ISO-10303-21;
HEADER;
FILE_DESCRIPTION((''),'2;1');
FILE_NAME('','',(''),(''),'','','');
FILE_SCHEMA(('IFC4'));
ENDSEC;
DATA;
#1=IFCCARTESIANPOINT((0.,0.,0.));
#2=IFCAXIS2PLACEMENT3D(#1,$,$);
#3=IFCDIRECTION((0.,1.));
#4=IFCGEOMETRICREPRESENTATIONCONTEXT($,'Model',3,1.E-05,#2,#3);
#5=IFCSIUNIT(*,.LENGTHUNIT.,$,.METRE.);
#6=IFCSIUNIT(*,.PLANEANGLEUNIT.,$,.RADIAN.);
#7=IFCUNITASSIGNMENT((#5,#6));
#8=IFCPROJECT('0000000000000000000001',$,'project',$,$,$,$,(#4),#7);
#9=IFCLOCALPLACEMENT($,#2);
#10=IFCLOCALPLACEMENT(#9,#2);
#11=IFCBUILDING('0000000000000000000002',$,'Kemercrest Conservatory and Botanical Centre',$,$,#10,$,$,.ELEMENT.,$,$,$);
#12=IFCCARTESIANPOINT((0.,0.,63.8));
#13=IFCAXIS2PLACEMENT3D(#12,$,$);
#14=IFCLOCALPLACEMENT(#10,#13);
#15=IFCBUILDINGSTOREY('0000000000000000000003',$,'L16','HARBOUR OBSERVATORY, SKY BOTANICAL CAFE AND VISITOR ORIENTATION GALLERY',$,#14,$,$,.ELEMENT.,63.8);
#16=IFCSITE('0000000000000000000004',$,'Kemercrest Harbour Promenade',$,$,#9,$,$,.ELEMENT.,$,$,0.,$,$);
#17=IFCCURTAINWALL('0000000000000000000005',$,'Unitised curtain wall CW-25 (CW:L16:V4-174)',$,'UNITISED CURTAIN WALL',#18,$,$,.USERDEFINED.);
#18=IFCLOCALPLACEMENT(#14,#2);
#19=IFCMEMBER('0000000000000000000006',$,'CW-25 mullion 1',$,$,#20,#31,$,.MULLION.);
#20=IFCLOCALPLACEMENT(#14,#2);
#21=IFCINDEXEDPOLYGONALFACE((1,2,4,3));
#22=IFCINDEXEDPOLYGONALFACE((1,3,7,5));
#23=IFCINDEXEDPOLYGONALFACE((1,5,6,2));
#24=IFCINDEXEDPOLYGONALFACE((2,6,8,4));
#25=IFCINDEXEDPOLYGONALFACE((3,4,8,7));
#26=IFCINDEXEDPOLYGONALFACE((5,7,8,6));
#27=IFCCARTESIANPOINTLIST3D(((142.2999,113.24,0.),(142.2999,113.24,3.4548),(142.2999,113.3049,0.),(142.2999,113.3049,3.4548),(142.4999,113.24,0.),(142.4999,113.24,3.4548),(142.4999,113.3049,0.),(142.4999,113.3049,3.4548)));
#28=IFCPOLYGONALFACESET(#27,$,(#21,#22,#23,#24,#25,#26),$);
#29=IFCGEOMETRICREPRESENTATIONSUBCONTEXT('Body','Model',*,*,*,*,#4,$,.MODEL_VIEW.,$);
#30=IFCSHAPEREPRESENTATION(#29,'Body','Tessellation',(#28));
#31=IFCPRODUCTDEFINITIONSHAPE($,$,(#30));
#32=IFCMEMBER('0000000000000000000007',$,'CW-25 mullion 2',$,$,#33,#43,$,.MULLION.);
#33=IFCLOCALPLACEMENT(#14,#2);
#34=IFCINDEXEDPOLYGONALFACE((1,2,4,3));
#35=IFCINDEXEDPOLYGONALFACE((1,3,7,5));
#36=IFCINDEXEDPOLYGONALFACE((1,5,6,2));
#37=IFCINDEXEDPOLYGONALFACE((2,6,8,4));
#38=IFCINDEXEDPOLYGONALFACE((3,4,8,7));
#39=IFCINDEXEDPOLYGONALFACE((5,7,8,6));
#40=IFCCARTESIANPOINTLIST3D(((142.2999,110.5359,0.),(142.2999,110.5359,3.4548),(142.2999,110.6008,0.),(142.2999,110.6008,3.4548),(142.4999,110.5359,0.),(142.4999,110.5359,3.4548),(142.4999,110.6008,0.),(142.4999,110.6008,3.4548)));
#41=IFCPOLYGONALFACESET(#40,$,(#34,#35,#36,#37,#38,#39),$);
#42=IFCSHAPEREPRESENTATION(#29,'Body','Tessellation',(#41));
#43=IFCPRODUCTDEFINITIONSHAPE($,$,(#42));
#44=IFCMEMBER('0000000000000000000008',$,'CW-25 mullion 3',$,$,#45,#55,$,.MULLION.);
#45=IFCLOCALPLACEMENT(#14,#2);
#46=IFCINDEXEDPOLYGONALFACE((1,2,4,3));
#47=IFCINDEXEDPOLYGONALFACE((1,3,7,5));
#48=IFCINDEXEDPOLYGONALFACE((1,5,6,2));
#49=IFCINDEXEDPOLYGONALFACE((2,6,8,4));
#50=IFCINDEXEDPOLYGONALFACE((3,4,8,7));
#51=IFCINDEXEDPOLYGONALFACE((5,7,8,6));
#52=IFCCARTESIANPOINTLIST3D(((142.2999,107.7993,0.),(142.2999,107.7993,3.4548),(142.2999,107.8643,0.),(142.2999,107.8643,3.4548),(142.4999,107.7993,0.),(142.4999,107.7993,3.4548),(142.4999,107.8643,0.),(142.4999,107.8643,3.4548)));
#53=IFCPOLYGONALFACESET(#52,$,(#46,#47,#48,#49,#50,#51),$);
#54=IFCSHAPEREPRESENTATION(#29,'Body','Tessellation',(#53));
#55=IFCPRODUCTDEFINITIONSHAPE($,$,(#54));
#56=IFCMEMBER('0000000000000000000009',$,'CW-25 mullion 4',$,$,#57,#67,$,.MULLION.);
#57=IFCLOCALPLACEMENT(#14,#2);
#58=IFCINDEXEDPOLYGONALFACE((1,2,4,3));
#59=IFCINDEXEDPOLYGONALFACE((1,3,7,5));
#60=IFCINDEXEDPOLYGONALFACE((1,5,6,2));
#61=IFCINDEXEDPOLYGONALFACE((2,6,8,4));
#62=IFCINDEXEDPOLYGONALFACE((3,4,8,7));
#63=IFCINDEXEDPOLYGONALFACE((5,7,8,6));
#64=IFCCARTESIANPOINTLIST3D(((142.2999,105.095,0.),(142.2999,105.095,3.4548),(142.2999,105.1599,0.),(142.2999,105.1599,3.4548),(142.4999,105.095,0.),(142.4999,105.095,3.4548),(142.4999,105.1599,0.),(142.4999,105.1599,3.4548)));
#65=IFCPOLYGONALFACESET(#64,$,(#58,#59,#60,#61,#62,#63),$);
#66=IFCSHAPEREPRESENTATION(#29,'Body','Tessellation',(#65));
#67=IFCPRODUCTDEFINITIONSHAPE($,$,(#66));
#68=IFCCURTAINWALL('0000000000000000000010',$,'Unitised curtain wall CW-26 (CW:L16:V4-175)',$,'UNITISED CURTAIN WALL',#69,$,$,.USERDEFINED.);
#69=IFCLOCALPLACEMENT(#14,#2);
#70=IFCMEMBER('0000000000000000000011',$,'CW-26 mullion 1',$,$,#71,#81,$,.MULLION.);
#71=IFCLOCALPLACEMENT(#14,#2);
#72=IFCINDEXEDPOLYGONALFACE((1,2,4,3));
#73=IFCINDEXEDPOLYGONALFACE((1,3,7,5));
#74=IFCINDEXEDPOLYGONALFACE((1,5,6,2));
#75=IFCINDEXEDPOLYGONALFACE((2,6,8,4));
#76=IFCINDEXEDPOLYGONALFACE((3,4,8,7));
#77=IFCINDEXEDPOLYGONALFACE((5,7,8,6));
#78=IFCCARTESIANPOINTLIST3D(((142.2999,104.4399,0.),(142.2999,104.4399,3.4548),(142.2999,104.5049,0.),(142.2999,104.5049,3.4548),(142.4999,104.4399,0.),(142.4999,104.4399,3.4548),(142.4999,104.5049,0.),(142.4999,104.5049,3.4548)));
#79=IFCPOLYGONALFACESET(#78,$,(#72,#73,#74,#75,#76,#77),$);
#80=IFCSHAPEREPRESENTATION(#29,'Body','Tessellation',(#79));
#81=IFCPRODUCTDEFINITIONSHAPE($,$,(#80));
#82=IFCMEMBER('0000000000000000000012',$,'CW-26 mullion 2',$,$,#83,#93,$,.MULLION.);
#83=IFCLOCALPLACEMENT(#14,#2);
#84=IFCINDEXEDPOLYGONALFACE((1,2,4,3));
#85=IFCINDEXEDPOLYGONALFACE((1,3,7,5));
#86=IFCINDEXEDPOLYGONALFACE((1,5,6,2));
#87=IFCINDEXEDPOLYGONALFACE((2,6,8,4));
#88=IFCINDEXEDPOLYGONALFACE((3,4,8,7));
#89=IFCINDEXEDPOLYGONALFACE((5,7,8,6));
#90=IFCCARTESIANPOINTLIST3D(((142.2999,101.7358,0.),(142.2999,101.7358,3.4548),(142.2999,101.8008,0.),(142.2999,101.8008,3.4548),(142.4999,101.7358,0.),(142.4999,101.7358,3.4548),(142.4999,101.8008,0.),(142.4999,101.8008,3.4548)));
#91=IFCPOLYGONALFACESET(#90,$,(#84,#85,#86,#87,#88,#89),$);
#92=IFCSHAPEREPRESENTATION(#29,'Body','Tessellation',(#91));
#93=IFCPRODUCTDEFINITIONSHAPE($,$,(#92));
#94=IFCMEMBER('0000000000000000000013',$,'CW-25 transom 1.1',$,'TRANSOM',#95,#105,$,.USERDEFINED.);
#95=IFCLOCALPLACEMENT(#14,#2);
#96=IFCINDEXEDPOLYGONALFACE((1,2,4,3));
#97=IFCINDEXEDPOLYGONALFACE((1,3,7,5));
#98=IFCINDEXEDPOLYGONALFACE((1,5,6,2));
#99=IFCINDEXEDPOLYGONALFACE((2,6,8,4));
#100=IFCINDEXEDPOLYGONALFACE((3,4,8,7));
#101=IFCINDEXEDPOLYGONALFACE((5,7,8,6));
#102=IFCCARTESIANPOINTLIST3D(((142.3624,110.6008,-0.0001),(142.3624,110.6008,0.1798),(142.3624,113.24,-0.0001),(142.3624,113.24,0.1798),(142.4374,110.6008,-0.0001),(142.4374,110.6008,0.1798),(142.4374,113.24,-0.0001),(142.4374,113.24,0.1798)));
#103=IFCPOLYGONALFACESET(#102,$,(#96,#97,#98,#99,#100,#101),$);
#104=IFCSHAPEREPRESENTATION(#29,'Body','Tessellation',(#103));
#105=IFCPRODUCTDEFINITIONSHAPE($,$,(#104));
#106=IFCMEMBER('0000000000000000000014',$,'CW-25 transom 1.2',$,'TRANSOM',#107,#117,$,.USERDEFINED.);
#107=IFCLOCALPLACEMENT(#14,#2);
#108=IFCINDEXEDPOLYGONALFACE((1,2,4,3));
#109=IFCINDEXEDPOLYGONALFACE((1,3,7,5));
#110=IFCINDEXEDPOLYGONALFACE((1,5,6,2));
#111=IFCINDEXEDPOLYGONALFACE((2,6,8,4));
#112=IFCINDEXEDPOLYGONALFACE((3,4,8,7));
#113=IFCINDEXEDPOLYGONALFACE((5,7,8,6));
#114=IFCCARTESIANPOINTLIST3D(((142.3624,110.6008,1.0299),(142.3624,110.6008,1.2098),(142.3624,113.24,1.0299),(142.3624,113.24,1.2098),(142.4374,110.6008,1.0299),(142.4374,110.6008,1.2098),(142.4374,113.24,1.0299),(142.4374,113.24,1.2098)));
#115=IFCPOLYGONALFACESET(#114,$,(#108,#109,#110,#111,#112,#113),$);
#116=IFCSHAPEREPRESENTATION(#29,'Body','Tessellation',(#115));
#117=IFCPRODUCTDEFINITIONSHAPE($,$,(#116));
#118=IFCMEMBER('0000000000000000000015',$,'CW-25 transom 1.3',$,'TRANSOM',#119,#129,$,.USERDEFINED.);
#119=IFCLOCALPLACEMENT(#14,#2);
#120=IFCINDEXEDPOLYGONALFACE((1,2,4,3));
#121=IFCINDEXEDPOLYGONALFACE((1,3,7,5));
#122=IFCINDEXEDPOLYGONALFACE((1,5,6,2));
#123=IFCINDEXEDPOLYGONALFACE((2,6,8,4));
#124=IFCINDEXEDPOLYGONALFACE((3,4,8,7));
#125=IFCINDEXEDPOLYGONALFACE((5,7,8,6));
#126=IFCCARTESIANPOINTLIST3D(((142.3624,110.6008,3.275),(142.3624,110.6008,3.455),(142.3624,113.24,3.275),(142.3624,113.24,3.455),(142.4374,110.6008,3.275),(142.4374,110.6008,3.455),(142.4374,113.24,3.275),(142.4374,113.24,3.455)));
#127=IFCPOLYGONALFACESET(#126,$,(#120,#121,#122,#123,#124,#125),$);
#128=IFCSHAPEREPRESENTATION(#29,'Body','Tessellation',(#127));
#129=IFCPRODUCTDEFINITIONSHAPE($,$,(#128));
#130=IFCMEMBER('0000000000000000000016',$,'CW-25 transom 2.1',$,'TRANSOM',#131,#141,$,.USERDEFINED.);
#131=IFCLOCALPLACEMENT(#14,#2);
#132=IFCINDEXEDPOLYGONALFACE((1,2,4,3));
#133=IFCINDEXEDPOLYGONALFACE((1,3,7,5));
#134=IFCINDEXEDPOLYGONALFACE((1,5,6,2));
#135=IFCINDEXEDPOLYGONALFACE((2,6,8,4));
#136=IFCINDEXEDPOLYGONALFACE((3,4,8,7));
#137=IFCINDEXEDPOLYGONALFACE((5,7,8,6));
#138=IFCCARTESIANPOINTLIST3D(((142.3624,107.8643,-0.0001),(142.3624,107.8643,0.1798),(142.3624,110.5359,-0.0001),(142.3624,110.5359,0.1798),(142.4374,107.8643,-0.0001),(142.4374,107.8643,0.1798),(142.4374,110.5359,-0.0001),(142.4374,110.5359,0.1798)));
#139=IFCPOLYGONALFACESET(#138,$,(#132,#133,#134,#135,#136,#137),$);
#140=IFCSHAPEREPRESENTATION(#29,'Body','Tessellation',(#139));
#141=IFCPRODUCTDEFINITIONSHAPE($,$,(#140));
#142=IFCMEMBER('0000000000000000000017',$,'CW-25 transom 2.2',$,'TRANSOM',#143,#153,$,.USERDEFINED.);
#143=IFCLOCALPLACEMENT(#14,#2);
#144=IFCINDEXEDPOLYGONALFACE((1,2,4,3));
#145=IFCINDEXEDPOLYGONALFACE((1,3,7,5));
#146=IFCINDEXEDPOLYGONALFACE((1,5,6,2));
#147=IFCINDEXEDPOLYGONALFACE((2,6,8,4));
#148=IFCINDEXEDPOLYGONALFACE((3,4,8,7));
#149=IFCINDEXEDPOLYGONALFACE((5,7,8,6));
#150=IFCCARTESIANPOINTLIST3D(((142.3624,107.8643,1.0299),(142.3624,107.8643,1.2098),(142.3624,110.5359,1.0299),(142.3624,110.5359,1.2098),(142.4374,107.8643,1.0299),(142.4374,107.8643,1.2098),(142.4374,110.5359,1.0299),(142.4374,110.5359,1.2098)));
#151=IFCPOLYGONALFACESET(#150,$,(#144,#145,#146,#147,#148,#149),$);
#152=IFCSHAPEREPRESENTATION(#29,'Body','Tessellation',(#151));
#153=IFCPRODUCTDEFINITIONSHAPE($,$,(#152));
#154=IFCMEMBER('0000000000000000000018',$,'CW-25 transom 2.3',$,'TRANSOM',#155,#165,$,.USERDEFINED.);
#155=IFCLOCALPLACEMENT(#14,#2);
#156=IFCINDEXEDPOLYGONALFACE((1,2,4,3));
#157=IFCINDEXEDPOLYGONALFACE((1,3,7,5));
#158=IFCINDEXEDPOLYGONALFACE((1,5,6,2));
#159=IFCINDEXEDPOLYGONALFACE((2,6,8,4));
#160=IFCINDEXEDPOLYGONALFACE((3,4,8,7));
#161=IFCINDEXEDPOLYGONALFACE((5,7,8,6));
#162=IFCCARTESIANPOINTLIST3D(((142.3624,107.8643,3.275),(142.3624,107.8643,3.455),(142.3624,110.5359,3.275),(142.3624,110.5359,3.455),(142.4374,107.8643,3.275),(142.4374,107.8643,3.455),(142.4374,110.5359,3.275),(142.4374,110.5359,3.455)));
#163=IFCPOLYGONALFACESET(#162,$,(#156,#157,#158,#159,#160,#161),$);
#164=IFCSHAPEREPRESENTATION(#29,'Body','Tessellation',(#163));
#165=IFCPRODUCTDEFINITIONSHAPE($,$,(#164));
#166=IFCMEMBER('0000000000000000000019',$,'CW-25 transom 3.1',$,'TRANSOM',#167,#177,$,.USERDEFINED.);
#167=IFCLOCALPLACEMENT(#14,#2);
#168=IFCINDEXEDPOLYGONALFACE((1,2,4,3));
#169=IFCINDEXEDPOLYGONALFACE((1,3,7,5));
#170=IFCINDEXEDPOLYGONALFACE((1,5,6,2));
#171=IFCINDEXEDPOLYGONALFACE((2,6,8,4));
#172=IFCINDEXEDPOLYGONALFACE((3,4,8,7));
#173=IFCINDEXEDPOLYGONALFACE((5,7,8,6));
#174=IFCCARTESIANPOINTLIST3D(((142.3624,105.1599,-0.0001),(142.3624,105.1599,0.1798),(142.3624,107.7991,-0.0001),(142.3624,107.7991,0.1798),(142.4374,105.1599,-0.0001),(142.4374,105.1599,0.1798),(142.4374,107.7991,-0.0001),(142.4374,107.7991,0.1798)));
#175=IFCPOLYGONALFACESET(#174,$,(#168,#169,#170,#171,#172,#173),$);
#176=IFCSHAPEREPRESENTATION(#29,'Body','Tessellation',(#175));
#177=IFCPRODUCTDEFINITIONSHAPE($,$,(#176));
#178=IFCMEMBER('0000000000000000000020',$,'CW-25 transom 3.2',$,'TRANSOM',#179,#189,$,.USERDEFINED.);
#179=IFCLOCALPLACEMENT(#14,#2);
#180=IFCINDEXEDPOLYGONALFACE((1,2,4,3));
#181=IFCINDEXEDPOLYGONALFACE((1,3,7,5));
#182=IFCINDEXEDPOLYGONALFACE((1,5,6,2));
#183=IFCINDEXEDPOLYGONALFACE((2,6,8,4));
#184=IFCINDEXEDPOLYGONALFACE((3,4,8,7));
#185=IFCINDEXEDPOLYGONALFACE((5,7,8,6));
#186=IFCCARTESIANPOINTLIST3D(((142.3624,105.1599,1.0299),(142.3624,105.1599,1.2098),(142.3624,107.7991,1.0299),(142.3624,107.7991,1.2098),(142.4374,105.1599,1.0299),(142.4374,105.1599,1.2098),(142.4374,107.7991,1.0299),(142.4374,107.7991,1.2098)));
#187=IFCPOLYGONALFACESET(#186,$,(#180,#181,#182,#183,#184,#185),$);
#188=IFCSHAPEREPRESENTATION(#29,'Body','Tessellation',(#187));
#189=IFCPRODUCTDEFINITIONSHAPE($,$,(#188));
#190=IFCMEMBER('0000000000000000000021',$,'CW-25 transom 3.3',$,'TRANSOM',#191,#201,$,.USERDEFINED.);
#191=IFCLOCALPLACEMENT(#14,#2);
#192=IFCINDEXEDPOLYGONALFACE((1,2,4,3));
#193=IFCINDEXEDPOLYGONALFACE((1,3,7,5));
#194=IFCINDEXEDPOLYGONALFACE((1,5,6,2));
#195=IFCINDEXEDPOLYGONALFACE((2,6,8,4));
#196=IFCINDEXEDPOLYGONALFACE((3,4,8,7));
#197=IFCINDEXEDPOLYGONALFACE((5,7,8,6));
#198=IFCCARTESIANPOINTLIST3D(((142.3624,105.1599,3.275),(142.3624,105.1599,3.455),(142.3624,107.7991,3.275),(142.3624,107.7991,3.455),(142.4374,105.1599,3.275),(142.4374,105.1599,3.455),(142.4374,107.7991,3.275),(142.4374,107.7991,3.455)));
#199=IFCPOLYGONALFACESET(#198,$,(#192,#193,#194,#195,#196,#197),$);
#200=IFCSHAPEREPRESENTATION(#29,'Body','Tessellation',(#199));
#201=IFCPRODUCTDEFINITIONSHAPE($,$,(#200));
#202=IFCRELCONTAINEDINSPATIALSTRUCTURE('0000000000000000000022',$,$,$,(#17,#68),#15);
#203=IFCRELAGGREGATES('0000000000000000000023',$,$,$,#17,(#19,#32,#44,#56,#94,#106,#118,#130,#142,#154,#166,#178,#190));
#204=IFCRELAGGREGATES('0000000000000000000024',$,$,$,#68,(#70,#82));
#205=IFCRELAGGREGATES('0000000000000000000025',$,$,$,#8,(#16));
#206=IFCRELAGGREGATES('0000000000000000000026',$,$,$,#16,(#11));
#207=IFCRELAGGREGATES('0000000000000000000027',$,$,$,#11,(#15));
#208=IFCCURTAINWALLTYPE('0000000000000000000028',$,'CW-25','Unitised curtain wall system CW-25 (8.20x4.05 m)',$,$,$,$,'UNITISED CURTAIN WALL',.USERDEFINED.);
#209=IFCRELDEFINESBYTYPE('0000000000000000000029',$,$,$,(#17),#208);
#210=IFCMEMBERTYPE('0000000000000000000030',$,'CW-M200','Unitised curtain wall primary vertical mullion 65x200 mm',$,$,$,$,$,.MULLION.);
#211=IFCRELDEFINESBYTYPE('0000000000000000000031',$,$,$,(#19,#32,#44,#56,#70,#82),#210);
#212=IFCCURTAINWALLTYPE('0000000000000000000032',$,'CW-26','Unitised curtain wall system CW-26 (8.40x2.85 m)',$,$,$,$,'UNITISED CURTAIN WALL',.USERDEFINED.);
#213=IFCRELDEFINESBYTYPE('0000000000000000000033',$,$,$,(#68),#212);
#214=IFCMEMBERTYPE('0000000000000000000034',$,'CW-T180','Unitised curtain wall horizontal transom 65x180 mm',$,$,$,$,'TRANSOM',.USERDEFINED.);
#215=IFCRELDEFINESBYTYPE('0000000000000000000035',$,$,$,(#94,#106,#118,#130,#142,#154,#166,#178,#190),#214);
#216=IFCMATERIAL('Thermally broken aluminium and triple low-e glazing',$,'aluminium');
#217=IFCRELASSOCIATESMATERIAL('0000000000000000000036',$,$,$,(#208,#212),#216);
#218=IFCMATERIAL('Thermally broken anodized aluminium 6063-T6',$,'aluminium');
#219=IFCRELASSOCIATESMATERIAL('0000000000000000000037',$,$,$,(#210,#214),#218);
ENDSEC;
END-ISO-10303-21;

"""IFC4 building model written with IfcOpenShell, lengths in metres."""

from ifc_helpers import new_model, si_unit, direction, frame, origin, origin_2d, place, context, subcontext, project, spatial, rectangle, extrude, material, material_profile, profile_set, type_object, element, aggregate, save


model = new_model("IFC4")

# Units and contexts
model_context = context("Model", 3, precision=1e-05, world=origin(), true_north=direction((0.0, 1.0)))
body_context = subcontext(model_context, "Body", "Model", "MODEL_VIEW")
ifc_project = project(units=[si_unit("LENGTHUNIT", "METRE"), si_unit("PLANEANGLEUNIT", "RADIAN")], contexts=[model_context])

# Site, building, storey
site_placement = place(None, origin())
site = spatial("IfcSite", under=ifc_project, at=site_placement, Name="Kemercrest Harbour Promenade", CompositionType="ELEMENT", RefElevation=0.0)
building_placement = place(site_placement, origin())
building = spatial("IfcBuilding", under=site, at=building_placement, Name="Kemercrest Conservatory and Botanical Centre", CompositionType="ELEMENT")
storey_placement = place(building_placement, frame((0.0, 0.0, 63.8)))
storey = spatial("IfcBuildingStorey", under=building, at=storey_placement, Name="L16", Description="HARBOUR OBSERVATORY, SKY BOTANICAL CAFE AND VISITOR ORIENTATION GALLERY", CompositionType="ELEMENT", Elevation=63.8)

# Curtain walls, members
ifc_material_1 = material(Name="Thermally broken aluminium and triple low-e glazing", Category="aluminium")
curtain_wall_type_1 = type_object("IfcCurtainWallType", Name="CW-25", Description="Unitised curtain wall system CW-25 (8.20x4.05 m)", ElementType="UNITISED CURTAIN WALL", PredefinedType="USERDEFINED", material=ifc_material_1)
curtain_wall_1_placement = place(storey_placement, origin())
curtain_wall_1 = element("IfcCurtainWall", 1, at=curtain_wall_1_placement, inside=storey, type_object=curtain_wall_type_1, Name="Unitised curtain wall CW-25 (CW:L16:V4-174)", ObjectType="UNITISED CURTAIN WALL", PredefinedType="USERDEFINED")
ifc_material_2 = material(Name="Thermally broken anodized aluminium 6063-T6", Category="aluminium")
ifc_material_profile_1 = material_profile(ifc_material_2, rectangle(XDim=0.2, YDim=0.0649, at=origin_2d()), Name="AL MULLION 65x200")
ifc_profile_set_1 = profile_set([ifc_material_profile_1], Name="Thermally broken anodized aluminium 6063-T6")
member_type_1 = type_object("IfcMemberType", Name="CW-M200", Description="Unitised curtain wall primary vertical mullion 65x200 mm", PredefinedType="MULLION", material=ifc_profile_set_1)
member_1_placement = place(storey_placement, frame((142.3999, 113.2725, 0.0), z_axis=(0.0, 0.0, 1.0), x_axis=(1.0, 0.0, 0.0)))
member_1 = element("IfcMember", 2, at=member_1_placement, type_object=member_type_1, Name="CW-25 mullion 1", PredefinedType="MULLION", context=body_context, shape_type="SweptSolid", body=[
    extrude(rectangle(XDim=0.2, YDim=0.0649, at=origin_2d()), origin(), (0.0, 0.0, 1.0), 3.4548),
])
member_2_placement = place(storey_placement, frame((142.3999, 110.5684, 0.0), z_axis=(0.0, 0.0, 1.0), x_axis=(1.0, 0.0, 0.0)))
member_2 = element("IfcMember", 3, at=member_2_placement, type_object=member_type_1, Name="CW-25 mullion 2", PredefinedType="MULLION", context=body_context, shape_type="SweptSolid", body=[
    extrude(rectangle(XDim=0.2, YDim=0.0649, at=origin_2d()), origin(), (0.0, 0.0, 1.0), 3.4548),
])
member_3_placement = place(storey_placement, frame((142.3999, 107.8318, 0.0), z_axis=(0.0, 0.0, 1.0), x_axis=(1.0, 0.0, 0.0)))
member_3 = element("IfcMember", 4, at=member_3_placement, type_object=member_type_1, Name="CW-25 mullion 3", PredefinedType="MULLION", context=body_context, shape_type="SweptSolid", body=[
    extrude(rectangle(XDim=0.2, YDim=0.0649, at=origin_2d()), origin(), (0.0, 0.0, 1.0), 3.4548),
])
member_4_placement = place(storey_placement, frame((142.3999, 105.1274, 0.0), z_axis=(0.0, 0.0, 1.0), x_axis=(1.0, 0.0, 0.0)))
member_4 = element("IfcMember", 5, at=member_4_placement, type_object=member_type_1, Name="CW-25 mullion 4", PredefinedType="MULLION", context=body_context, shape_type="SweptSolid", body=[
    extrude(rectangle(XDim=0.2, YDim=0.0649, at=origin_2d()), origin(), (0.0, 0.0, 1.0), 3.4548),
])
curtain_wall_type_2 = type_object("IfcCurtainWallType", Name="CW-26", Description="Unitised curtain wall system CW-26 (8.40x2.85 m)", ElementType="UNITISED CURTAIN WALL", PredefinedType="USERDEFINED", material=ifc_material_1)
curtain_wall_2_placement = place(storey_placement, origin())
curtain_wall_2 = element("IfcCurtainWall", 6, at=curtain_wall_2_placement, inside=storey, type_object=curtain_wall_type_2, Name="Unitised curtain wall CW-26 (CW:L16:V4-175)", ObjectType="UNITISED CURTAIN WALL", PredefinedType="USERDEFINED")
member_5_placement = place(storey_placement, frame((142.3999, 104.4724, 0.0), z_axis=(0.0, 0.0, 1.0), x_axis=(1.0, 0.0, 0.0)))
member_5 = element("IfcMember", 7, at=member_5_placement, type_object=member_type_1, Name="CW-26 mullion 1", PredefinedType="MULLION", context=body_context, shape_type="SweptSolid", body=[
    extrude(rectangle(XDim=0.2, YDim=0.0649, at=origin_2d()), origin(), (0.0, 0.0, 1.0), 3.4548),
])
member_6_placement = place(storey_placement, frame((142.3999, 101.7683, 0.0), z_axis=(0.0, 0.0, 1.0), x_axis=(1.0, 0.0, 0.0)))
member_6 = element("IfcMember", 8, at=member_6_placement, type_object=member_type_1, Name="CW-26 mullion 2", PredefinedType="MULLION", context=body_context, shape_type="SweptSolid", body=[
    extrude(rectangle(XDim=0.2, YDim=0.0649, at=origin_2d()), origin(), (0.0, 0.0, 1.0), 3.4548),
])

# Members
ifc_material_profile_2 = material_profile(ifc_material_2, rectangle(XDim=0.075, YDim=0.1799, at=origin_2d()), Name="AL TRANSOM 75x180")
ifc_profile_set_2 = profile_set([ifc_material_profile_2], Name="Thermally broken anodized aluminium 6063-T6")
member_type_2 = type_object("IfcMemberType", Name="CW-T180", Description="Unitised curtain wall horizontal transom 65x180 mm", ElementType="TRANSOM", PredefinedType="USERDEFINED", material=ifc_profile_set_2)
member_7_placement = place(storey_placement, frame((142.3999, 113.24, 0.0898), z_axis=(0.0, -1.0, 0.0), x_axis=(1.0, 0.0, 0.0)))
member_7 = element("IfcMember", 9, at=member_7_placement, type_object=member_type_2, Name="CW-25 transom 1.1", ObjectType="TRANSOM", PredefinedType="USERDEFINED", context=body_context, shape_type="SweptSolid", body=[
    extrude(rectangle(XDim=0.075, YDim=0.1799, at=origin_2d()), origin(), (0.0, 0.0, 1.0), 2.6392),
])
member_8_placement = place(storey_placement, frame((142.3999, 113.24, 1.1199), z_axis=(0.0, -1.0, 0.0), x_axis=(1.0, 0.0, 0.0)))
member_8 = element("IfcMember", 10, at=member_8_placement, type_object=member_type_2, Name="CW-25 transom 1.2", ObjectType="TRANSOM", PredefinedType="USERDEFINED", context=body_context, shape_type="SweptSolid", body=[
    extrude(rectangle(XDim=0.075, YDim=0.1799, at=origin_2d()), origin(), (0.0, 0.0, 1.0), 2.6392),
])
member_9_placement = place(storey_placement, frame((142.3999, 113.24, 3.365), z_axis=(0.0, -1.0, 0.0), x_axis=(1.0, 0.0, 0.0)))
member_9 = element("IfcMember", 11, at=member_9_placement, type_object=member_type_2, Name="CW-25 transom 1.3", ObjectType="TRANSOM", PredefinedType="USERDEFINED", context=body_context, shape_type="SweptSolid", body=[
    extrude(rectangle(XDim=0.075, YDim=0.1799, at=origin_2d()), origin(), (0.0, 0.0, 1.0), 2.6392),
])
member_10_placement = place(storey_placement, frame((142.3999, 110.5359, 0.0898), z_axis=(0.0, -1.0, 0.0), x_axis=(1.0, 0.0, 0.0)))
member_10 = element("IfcMember", 12, at=member_10_placement, type_object=member_type_2, Name="CW-25 transom 2.1", ObjectType="TRANSOM", PredefinedType="USERDEFINED", context=body_context, shape_type="SweptSolid", body=[
    extrude(rectangle(XDim=0.075, YDim=0.1799, at=origin_2d()), origin(), (0.0, 0.0, 1.0), 2.6716),
])
member_11_placement = place(storey_placement, frame((142.3999, 110.5359, 1.1199), z_axis=(0.0, -1.0, 0.0), x_axis=(1.0, 0.0, 0.0)))
member_11 = element("IfcMember", 13, at=member_11_placement, type_object=member_type_2, Name="CW-25 transom 2.2", ObjectType="TRANSOM", PredefinedType="USERDEFINED", context=body_context, shape_type="SweptSolid", body=[
    extrude(rectangle(XDim=0.075, YDim=0.1799, at=origin_2d()), origin(), (0.0, 0.0, 1.0), 2.6716),
])
member_12_placement = place(storey_placement, frame((142.3999, 110.5359, 3.365), z_axis=(0.0, -1.0, 0.0), x_axis=(1.0, 0.0, 0.0)))
member_12 = element("IfcMember", 14, at=member_12_placement, type_object=member_type_2, Name="CW-25 transom 2.3", ObjectType="TRANSOM", PredefinedType="USERDEFINED", context=body_context, shape_type="SweptSolid", body=[
    extrude(rectangle(XDim=0.075, YDim=0.1799, at=origin_2d()), origin(), (0.0, 0.0, 1.0), 2.6716),
])
member_13_placement = place(storey_placement, frame((142.3999, 107.7991, 0.0898), z_axis=(0.0, -1.0, 0.0), x_axis=(1.0, 0.0, 0.0)))
member_13 = element("IfcMember", 15, at=member_13_placement, type_object=member_type_2, Name="CW-25 transom 3.1", ObjectType="TRANSOM", PredefinedType="USERDEFINED", context=body_context, shape_type="SweptSolid", body=[
    extrude(rectangle(XDim=0.075, YDim=0.1799, at=origin_2d()), origin(), (0.0, 0.0, 1.0), 2.6392),
])
member_14_placement = place(storey_placement, frame((142.3999, 107.7991, 1.1199), z_axis=(0.0, -1.0, 0.0), x_axis=(1.0, 0.0, 0.0)))
member_14 = element("IfcMember", 16, at=member_14_placement, type_object=member_type_2, Name="CW-25 transom 3.2", ObjectType="TRANSOM", PredefinedType="USERDEFINED", context=body_context, shape_type="SweptSolid", body=[
    extrude(rectangle(XDim=0.075, YDim=0.1799, at=origin_2d()), origin(), (0.0, 0.0, 1.0), 2.6392),
])
member_15_placement = place(storey_placement, frame((142.3999, 107.7991, 3.365), z_axis=(0.0, -1.0, 0.0), x_axis=(1.0, 0.0, 0.0)))
member_15 = element("IfcMember", 17, at=member_15_placement, type_object=member_type_2, Name="CW-25 transom 3.3", ObjectType="TRANSOM", PredefinedType="USERDEFINED", context=body_context, shape_type="SweptSolid", body=[
    extrude(rectangle(XDim=0.075, YDim=0.1799, at=origin_2d()), origin(), (0.0, 0.0, 1.0), 2.6392),
])

aggregate(curtain_wall_1, [member_1, member_2, member_3, member_4, member_7, member_8, member_9, member_10, member_11, member_12, member_13, member_14, member_15])
aggregate(curtain_wall_2, [member_5, member_6])

save(model, "model.ifc")
